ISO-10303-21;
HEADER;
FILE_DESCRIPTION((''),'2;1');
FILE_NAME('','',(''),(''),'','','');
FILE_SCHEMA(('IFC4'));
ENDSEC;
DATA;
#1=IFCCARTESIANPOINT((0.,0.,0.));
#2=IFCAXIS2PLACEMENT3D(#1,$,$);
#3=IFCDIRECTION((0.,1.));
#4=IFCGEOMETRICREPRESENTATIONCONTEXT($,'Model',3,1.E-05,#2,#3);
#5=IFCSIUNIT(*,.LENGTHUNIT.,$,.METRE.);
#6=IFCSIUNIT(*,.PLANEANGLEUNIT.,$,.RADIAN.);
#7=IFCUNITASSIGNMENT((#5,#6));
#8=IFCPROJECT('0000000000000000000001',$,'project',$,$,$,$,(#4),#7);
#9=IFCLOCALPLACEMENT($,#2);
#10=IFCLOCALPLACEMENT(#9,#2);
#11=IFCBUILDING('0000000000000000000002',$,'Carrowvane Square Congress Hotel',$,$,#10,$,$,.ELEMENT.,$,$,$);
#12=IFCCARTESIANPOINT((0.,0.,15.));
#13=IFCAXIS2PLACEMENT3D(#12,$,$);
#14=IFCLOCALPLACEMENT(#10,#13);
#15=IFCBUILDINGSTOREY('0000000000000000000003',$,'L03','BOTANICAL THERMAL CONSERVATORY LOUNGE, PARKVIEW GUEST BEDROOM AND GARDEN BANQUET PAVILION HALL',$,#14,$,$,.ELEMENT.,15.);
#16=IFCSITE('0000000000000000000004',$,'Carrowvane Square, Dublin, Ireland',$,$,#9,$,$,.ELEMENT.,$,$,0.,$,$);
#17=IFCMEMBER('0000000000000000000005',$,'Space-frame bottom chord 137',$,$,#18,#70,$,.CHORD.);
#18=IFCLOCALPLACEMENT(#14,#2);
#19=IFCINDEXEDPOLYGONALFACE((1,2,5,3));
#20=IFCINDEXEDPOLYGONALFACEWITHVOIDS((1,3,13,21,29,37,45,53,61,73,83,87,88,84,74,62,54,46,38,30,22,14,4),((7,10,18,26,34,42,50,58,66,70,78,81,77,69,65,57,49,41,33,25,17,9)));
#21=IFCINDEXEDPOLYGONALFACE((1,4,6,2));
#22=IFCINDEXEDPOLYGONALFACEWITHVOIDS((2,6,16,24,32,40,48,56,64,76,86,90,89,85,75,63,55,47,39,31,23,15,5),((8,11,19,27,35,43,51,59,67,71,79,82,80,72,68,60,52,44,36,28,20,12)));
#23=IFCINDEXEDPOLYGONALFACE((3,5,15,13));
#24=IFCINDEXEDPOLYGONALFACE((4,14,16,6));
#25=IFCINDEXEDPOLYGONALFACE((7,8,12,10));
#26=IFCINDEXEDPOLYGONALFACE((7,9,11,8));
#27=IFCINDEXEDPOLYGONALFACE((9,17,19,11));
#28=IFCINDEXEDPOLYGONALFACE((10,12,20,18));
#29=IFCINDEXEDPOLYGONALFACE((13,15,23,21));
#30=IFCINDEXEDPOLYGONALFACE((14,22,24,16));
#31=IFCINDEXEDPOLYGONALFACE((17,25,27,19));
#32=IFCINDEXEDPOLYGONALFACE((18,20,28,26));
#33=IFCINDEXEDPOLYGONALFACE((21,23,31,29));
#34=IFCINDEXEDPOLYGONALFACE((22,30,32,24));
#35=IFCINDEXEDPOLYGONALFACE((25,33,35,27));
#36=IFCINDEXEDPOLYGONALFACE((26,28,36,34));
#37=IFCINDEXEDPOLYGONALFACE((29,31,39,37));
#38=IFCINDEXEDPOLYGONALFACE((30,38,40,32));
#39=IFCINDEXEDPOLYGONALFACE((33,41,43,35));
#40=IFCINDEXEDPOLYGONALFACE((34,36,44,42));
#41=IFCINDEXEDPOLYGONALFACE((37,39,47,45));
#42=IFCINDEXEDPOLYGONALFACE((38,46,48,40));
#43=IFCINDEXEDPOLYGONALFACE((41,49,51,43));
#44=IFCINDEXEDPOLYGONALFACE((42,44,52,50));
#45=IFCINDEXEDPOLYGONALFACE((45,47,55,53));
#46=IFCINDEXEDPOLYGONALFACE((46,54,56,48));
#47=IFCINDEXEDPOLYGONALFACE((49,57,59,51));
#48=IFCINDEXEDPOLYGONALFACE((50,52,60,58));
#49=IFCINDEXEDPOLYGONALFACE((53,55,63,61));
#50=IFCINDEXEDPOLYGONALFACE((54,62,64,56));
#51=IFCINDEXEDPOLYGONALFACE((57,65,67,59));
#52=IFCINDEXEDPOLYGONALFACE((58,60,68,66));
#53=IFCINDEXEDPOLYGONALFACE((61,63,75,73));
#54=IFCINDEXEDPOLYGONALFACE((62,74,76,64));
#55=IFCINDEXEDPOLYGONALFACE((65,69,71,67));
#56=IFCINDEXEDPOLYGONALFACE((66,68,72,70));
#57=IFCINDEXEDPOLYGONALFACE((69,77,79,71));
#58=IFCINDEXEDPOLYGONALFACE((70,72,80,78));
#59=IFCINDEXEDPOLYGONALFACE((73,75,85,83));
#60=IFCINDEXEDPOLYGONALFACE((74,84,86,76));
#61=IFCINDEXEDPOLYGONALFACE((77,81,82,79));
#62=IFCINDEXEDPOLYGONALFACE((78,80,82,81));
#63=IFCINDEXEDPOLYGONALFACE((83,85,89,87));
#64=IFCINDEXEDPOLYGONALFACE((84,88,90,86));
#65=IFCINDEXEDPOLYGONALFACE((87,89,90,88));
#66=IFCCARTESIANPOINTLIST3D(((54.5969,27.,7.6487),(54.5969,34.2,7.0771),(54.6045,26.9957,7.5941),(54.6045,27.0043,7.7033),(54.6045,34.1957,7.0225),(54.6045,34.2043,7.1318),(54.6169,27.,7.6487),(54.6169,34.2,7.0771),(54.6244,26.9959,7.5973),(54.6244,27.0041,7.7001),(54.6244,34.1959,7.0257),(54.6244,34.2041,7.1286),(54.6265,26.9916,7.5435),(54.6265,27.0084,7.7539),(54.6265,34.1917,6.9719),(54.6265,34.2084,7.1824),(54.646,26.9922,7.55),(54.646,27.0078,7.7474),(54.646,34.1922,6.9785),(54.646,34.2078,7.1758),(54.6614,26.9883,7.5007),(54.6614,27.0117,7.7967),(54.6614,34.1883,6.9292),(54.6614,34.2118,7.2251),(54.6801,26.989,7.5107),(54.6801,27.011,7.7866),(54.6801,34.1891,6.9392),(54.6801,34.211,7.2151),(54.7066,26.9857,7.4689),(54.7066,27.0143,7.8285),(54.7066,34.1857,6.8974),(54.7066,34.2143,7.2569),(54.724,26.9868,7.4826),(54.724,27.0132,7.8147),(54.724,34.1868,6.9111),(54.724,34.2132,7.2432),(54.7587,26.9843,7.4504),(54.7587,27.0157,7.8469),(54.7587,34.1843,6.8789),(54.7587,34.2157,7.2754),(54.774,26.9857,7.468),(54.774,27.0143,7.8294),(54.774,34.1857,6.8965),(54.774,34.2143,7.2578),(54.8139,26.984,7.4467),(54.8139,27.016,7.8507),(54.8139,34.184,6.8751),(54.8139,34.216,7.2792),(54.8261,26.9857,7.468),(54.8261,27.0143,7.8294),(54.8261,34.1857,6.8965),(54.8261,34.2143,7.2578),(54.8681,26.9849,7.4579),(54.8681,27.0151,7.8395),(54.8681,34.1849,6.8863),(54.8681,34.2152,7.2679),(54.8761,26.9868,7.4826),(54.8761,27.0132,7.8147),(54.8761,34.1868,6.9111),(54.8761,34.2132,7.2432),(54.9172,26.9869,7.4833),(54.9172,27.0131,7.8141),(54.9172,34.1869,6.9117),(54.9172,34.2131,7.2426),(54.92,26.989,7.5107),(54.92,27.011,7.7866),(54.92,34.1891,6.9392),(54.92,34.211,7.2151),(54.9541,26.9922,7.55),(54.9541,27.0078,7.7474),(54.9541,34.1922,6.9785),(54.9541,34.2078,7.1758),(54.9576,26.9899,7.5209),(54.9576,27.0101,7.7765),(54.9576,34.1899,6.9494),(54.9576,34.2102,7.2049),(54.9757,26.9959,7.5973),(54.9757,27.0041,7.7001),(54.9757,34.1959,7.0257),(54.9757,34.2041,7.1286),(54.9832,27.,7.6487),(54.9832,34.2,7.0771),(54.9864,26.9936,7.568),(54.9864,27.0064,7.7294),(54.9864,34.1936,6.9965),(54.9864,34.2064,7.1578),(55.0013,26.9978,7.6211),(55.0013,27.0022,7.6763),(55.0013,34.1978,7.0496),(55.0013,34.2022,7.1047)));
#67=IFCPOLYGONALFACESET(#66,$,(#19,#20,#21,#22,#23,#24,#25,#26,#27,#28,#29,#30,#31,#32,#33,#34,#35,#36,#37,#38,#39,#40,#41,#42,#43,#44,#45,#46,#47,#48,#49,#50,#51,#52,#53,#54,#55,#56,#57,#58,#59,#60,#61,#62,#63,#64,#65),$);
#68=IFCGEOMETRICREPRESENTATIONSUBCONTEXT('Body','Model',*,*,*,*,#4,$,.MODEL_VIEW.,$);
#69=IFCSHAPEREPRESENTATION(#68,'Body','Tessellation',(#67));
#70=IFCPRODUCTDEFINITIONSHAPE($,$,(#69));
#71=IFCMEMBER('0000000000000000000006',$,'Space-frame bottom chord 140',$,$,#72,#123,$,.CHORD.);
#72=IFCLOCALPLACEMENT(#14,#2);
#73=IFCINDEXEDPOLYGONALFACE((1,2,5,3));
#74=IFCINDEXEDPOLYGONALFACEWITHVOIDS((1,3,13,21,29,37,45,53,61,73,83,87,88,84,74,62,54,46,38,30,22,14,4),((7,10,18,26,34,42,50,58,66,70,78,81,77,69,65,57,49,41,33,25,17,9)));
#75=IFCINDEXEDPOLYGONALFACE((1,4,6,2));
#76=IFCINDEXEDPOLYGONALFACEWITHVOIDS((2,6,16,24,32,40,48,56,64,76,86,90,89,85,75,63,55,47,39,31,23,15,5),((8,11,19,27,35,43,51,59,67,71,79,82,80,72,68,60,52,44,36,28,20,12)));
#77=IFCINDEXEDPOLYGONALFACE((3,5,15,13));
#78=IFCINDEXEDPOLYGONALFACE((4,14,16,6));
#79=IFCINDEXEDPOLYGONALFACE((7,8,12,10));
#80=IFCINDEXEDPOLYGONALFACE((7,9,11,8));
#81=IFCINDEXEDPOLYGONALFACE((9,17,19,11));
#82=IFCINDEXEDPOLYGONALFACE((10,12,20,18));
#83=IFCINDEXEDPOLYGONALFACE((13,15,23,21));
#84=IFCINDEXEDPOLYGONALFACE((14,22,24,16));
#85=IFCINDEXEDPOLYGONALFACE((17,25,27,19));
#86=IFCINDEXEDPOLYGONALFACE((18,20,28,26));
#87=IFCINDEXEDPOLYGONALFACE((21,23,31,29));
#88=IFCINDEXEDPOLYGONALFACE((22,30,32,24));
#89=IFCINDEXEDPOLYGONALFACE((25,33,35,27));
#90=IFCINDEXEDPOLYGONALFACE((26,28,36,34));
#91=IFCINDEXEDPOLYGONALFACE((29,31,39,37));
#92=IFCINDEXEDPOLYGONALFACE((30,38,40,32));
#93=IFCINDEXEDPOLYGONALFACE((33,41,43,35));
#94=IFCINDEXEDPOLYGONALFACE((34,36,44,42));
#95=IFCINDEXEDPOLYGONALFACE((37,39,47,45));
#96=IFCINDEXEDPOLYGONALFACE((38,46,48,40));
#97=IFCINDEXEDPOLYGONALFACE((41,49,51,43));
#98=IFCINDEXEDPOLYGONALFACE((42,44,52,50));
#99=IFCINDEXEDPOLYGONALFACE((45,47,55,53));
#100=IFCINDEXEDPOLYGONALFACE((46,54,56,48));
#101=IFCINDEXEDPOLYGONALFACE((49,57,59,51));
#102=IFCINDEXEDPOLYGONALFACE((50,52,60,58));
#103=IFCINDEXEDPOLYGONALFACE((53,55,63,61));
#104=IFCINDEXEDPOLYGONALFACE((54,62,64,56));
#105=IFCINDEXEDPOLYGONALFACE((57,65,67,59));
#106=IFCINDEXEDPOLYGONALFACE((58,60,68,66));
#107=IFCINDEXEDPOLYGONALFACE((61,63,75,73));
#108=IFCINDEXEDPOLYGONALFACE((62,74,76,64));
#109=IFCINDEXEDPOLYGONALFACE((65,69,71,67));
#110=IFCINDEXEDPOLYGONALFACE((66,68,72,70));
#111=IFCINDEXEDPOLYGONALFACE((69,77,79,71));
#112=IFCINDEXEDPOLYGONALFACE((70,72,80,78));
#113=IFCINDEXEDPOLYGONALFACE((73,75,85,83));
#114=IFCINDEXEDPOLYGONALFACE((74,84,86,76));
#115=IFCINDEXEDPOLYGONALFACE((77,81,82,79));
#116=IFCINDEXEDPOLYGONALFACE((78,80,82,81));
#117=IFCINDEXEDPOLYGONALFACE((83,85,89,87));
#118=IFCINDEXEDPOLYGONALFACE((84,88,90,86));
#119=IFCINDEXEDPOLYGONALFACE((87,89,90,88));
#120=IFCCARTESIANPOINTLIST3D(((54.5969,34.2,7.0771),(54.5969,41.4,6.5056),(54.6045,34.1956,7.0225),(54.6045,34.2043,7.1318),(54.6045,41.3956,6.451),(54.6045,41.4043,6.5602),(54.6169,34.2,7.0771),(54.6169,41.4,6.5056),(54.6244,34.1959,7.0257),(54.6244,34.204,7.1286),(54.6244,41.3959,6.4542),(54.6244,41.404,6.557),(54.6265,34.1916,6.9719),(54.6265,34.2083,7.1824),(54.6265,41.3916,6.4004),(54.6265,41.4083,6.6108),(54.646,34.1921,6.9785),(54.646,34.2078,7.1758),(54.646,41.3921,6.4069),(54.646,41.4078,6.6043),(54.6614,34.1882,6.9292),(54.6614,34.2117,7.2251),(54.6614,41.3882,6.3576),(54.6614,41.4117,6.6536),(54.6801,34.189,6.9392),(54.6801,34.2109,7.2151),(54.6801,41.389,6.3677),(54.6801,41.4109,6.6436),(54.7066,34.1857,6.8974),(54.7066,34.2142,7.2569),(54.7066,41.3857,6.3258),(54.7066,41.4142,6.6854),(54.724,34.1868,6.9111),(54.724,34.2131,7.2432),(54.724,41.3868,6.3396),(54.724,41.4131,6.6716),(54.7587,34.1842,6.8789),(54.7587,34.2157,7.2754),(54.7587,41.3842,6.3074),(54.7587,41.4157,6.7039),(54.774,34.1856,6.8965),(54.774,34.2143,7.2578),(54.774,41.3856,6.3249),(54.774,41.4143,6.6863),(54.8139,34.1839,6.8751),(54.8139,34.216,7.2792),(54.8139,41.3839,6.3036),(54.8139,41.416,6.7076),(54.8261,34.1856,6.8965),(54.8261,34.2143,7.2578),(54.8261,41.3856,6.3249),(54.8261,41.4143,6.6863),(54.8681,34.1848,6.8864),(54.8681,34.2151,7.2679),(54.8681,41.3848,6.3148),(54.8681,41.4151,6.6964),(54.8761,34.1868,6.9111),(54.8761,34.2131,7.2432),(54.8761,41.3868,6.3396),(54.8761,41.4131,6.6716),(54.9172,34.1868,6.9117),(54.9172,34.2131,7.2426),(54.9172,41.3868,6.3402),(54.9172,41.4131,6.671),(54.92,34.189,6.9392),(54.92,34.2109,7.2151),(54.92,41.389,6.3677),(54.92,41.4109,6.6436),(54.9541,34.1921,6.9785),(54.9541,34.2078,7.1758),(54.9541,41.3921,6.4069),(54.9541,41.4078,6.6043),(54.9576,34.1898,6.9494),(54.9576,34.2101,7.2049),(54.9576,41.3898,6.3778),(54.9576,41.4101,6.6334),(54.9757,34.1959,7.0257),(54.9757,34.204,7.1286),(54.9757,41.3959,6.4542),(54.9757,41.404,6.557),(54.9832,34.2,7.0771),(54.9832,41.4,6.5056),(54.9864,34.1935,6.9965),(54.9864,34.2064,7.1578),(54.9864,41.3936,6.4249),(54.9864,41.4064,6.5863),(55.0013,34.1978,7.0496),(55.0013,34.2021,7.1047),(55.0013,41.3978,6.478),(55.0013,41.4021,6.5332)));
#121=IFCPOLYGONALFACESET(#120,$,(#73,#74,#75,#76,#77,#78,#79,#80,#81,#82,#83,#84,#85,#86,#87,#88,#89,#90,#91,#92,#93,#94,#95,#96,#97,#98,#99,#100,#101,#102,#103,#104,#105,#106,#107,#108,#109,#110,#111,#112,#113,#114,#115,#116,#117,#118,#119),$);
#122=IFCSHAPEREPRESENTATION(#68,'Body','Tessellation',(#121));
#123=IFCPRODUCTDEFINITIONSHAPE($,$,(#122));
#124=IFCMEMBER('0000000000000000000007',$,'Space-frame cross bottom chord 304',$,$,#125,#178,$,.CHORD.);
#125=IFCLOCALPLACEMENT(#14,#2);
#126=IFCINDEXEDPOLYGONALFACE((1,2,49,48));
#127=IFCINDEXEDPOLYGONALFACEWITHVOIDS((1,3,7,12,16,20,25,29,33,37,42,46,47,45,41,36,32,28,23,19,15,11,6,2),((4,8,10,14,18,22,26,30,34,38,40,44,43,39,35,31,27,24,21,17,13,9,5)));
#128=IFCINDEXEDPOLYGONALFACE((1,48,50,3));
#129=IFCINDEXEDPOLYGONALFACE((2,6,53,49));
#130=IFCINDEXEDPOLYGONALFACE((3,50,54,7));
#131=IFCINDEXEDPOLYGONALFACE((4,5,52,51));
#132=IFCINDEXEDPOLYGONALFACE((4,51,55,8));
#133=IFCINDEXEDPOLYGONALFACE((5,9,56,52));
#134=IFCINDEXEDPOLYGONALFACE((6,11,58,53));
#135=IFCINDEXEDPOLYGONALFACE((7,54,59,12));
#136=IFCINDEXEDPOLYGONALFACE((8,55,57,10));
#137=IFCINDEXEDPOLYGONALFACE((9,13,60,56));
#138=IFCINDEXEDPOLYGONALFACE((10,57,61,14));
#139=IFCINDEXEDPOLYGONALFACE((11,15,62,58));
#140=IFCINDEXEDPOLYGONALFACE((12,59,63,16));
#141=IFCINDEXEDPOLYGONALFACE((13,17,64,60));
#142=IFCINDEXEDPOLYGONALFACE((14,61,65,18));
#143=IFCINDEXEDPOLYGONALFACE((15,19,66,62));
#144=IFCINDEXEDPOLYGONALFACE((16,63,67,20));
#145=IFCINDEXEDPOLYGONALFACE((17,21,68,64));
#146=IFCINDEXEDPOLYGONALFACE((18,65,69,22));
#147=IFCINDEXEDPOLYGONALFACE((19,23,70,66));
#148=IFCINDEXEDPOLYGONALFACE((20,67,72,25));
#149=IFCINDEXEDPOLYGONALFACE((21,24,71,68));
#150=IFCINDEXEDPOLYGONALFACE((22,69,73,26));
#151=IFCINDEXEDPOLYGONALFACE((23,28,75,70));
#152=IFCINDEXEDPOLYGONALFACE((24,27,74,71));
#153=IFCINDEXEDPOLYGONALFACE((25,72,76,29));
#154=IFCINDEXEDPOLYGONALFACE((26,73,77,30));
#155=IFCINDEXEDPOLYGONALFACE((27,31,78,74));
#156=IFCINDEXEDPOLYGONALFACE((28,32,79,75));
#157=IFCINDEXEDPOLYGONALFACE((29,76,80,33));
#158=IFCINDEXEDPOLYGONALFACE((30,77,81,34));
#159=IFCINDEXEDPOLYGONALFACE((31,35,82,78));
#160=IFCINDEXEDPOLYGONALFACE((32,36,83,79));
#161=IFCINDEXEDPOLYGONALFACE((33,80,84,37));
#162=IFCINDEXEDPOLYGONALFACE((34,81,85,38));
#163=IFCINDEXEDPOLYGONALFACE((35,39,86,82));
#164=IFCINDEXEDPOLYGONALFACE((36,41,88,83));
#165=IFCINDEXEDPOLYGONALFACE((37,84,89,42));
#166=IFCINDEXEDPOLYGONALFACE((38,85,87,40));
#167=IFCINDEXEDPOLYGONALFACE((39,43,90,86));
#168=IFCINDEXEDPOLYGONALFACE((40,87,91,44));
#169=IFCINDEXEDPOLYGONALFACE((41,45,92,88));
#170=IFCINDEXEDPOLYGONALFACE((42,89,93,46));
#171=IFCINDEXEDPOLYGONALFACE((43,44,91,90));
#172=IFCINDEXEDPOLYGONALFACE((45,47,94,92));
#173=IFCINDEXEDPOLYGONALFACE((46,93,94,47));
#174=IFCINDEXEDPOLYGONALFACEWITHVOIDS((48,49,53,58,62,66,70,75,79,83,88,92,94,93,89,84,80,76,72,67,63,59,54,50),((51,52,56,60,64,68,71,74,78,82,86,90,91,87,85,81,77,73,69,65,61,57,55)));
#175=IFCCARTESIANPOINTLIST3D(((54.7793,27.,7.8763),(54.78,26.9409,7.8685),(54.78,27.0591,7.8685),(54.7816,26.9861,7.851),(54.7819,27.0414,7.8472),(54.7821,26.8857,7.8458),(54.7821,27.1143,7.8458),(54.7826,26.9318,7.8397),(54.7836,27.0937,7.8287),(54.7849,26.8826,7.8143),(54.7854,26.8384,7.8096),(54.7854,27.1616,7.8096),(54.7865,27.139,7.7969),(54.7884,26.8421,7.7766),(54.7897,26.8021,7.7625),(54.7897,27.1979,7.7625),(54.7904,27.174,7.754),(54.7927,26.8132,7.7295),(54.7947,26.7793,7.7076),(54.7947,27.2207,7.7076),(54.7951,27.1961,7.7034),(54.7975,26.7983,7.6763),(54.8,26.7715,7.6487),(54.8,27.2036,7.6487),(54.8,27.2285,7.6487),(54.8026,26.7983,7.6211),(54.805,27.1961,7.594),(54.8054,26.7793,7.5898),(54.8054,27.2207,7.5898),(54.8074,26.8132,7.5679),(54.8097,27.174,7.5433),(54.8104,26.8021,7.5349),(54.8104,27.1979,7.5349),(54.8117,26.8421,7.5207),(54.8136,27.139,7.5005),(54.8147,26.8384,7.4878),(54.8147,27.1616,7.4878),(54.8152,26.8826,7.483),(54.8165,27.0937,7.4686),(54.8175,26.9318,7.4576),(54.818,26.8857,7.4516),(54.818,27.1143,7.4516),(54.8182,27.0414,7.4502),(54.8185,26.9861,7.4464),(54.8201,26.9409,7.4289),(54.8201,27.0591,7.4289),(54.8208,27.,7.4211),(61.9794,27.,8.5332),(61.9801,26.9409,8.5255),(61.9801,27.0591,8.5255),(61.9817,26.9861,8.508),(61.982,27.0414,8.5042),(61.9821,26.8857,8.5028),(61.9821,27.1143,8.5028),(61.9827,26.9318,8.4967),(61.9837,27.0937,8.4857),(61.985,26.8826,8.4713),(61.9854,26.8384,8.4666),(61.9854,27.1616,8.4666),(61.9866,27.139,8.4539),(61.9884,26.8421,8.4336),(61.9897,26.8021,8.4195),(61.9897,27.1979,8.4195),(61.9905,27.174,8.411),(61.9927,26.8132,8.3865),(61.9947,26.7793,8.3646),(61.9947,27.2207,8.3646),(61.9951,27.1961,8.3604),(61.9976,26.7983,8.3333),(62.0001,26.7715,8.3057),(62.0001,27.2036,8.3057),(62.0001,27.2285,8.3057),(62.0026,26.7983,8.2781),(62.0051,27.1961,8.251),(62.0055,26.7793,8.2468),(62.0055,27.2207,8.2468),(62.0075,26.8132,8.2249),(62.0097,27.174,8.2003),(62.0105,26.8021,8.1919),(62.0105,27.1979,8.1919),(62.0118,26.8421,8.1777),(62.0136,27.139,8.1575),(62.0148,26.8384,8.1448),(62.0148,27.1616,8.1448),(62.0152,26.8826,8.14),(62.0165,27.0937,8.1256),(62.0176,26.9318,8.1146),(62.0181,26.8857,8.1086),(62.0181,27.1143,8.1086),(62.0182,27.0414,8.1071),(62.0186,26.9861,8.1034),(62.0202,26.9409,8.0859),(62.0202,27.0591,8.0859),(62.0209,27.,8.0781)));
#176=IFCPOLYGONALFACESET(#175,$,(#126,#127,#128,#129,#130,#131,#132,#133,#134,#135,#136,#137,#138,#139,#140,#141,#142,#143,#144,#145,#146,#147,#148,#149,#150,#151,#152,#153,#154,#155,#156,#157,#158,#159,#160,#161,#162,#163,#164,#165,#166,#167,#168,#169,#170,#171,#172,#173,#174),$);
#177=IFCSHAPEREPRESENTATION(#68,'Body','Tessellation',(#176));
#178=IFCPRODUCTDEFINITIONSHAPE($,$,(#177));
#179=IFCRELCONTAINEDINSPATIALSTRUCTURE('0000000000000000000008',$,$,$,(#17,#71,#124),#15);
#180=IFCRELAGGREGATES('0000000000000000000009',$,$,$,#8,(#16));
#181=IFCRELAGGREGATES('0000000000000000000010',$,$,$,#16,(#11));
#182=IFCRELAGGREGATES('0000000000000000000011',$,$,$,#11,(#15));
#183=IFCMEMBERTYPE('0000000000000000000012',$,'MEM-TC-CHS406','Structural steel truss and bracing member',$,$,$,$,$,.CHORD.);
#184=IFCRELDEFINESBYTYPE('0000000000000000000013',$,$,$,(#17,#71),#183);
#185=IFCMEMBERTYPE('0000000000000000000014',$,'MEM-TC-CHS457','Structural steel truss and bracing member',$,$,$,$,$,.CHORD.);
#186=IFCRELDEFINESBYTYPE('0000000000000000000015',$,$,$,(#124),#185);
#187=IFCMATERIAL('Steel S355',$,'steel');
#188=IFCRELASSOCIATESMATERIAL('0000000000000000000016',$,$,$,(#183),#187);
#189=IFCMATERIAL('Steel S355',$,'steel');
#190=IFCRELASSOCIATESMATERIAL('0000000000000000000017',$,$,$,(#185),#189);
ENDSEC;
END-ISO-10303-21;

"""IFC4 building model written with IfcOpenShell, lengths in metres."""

from ifc_helpers import new_model, si_unit, direction, frame, origin, origin_2d, place, context, subcontext, project, spatial, hollow_circle, extrude, material, material_profile, profile_set, type_object, element, save


model = new_model("IFC4")

# Units and contexts
model_context = context("Model", 3, precision=1e-05, world=origin(), true_north=direction((0.0, 1.0)))
body_context = subcontext(model_context, "Body", "Model", "MODEL_VIEW")
ifc_project = project(units=[si_unit("LENGTHUNIT", "METRE"), si_unit("PLANEANGLEUNIT", "RADIAN")], contexts=[model_context])

# Site, building, storey
site_placement = place(None, origin())
site = spatial("IfcSite", under=ifc_project, at=site_placement, Name="Carrowvane Square, Dublin, Ireland", CompositionType="ELEMENT", RefElevation=0.0)
building_placement = place(site_placement, origin())
building = spatial("IfcBuilding", under=site, at=building_placement, Name="Carrowvane Square Congress Hotel", CompositionType="ELEMENT")
storey_placement = place(building_placement, frame((0.0, 0.0, 15.0)))
storey = spatial("IfcBuildingStorey", under=building, at=storey_placement, Name="L03", Description="BOTANICAL THERMAL CONSERVATORY LOUNGE, PARKVIEW GUEST BEDROOM AND GARDEN BANQUET PAVILION HALL", CompositionType="ELEMENT", Elevation=15.0)

# Members
ifc_material_1 = material(Name="Steel S355", Category="steel")
ifc_material_profile_1 = material_profile(ifc_material_1, hollow_circle(Radius=0.2031, WallThickness=0.02, at=origin_2d()), Name="CHS 406.4x20")
ifc_profile_set_1 = profile_set([ifc_material_profile_1], Name="Steel S355")
member_type_1 = type_object("IfcMemberType", Name="MEM-TC-CHS406", Description="Structural steel truss and bracing member", PredefinedType="CHORD", material=ifc_profile_set_1)
for number, where, z_axis, x_axis, name in (
    (1, (54.8, 27.0, 7.6487), (0.0, 0.996864, -0.079131), (-1.0, 0.0, 0.0), "Space-frame bottom chord 137"),
    (2, (54.8, 34.2, 7.0771), (0.0, 0.996864, -0.079131), (-1.0, 0.0, 0.0), "Space-frame bottom chord 140"),
):
    element("IfcMember", number, at=place(storey_placement, frame(where, z_axis=z_axis, x_axis=x_axis)), inside=storey, type_object=member_type_1, Name=name, PredefinedType="CHORD", context=body_context, shape_type="SweptSolid", body=[
        extrude(hollow_circle(Radius=0.2031, WallThickness=0.02, at=origin_2d()), origin(), (0.0, 0.0, 1.0), 7.2227),
    ])
ifc_material_2 = material(Name="Steel S355", Category="steel")
ifc_material_profile_2 = material_profile(ifc_material_2, hollow_circle(Radius=0.2285, WallThickness=0.0249, at=origin_2d()), Name="CHS 457.0x25")
ifc_profile_set_2 = profile_set([ifc_material_profile_2], Name="Steel S355")
member_type_2 = type_object("IfcMemberType", Name="MEM-TC-CHS457", Description="Structural steel truss and bracing member", PredefinedType="CHORD", material=ifc_profile_set_2)
member_1_placement = place(storey_placement, frame((54.8, 27.0, 7.6487), z_axis=(0.995863, 0.0, 0.090871), x_axis=(0.0, 1.0, 0.0)))
element("IfcMember", 3, at=member_1_placement, inside=storey, type_object=member_type_2, Name="Space-frame cross bottom chord 304", PredefinedType="CHORD", context=body_context, shape_type="SweptSolid", body=[
    extrude(hollow_circle(Radius=0.2285, WallThickness=0.0249, at=origin_2d()), origin(), (0.0, 0.0, 1.0), 7.23),
])

save(model, "model.ifc")
